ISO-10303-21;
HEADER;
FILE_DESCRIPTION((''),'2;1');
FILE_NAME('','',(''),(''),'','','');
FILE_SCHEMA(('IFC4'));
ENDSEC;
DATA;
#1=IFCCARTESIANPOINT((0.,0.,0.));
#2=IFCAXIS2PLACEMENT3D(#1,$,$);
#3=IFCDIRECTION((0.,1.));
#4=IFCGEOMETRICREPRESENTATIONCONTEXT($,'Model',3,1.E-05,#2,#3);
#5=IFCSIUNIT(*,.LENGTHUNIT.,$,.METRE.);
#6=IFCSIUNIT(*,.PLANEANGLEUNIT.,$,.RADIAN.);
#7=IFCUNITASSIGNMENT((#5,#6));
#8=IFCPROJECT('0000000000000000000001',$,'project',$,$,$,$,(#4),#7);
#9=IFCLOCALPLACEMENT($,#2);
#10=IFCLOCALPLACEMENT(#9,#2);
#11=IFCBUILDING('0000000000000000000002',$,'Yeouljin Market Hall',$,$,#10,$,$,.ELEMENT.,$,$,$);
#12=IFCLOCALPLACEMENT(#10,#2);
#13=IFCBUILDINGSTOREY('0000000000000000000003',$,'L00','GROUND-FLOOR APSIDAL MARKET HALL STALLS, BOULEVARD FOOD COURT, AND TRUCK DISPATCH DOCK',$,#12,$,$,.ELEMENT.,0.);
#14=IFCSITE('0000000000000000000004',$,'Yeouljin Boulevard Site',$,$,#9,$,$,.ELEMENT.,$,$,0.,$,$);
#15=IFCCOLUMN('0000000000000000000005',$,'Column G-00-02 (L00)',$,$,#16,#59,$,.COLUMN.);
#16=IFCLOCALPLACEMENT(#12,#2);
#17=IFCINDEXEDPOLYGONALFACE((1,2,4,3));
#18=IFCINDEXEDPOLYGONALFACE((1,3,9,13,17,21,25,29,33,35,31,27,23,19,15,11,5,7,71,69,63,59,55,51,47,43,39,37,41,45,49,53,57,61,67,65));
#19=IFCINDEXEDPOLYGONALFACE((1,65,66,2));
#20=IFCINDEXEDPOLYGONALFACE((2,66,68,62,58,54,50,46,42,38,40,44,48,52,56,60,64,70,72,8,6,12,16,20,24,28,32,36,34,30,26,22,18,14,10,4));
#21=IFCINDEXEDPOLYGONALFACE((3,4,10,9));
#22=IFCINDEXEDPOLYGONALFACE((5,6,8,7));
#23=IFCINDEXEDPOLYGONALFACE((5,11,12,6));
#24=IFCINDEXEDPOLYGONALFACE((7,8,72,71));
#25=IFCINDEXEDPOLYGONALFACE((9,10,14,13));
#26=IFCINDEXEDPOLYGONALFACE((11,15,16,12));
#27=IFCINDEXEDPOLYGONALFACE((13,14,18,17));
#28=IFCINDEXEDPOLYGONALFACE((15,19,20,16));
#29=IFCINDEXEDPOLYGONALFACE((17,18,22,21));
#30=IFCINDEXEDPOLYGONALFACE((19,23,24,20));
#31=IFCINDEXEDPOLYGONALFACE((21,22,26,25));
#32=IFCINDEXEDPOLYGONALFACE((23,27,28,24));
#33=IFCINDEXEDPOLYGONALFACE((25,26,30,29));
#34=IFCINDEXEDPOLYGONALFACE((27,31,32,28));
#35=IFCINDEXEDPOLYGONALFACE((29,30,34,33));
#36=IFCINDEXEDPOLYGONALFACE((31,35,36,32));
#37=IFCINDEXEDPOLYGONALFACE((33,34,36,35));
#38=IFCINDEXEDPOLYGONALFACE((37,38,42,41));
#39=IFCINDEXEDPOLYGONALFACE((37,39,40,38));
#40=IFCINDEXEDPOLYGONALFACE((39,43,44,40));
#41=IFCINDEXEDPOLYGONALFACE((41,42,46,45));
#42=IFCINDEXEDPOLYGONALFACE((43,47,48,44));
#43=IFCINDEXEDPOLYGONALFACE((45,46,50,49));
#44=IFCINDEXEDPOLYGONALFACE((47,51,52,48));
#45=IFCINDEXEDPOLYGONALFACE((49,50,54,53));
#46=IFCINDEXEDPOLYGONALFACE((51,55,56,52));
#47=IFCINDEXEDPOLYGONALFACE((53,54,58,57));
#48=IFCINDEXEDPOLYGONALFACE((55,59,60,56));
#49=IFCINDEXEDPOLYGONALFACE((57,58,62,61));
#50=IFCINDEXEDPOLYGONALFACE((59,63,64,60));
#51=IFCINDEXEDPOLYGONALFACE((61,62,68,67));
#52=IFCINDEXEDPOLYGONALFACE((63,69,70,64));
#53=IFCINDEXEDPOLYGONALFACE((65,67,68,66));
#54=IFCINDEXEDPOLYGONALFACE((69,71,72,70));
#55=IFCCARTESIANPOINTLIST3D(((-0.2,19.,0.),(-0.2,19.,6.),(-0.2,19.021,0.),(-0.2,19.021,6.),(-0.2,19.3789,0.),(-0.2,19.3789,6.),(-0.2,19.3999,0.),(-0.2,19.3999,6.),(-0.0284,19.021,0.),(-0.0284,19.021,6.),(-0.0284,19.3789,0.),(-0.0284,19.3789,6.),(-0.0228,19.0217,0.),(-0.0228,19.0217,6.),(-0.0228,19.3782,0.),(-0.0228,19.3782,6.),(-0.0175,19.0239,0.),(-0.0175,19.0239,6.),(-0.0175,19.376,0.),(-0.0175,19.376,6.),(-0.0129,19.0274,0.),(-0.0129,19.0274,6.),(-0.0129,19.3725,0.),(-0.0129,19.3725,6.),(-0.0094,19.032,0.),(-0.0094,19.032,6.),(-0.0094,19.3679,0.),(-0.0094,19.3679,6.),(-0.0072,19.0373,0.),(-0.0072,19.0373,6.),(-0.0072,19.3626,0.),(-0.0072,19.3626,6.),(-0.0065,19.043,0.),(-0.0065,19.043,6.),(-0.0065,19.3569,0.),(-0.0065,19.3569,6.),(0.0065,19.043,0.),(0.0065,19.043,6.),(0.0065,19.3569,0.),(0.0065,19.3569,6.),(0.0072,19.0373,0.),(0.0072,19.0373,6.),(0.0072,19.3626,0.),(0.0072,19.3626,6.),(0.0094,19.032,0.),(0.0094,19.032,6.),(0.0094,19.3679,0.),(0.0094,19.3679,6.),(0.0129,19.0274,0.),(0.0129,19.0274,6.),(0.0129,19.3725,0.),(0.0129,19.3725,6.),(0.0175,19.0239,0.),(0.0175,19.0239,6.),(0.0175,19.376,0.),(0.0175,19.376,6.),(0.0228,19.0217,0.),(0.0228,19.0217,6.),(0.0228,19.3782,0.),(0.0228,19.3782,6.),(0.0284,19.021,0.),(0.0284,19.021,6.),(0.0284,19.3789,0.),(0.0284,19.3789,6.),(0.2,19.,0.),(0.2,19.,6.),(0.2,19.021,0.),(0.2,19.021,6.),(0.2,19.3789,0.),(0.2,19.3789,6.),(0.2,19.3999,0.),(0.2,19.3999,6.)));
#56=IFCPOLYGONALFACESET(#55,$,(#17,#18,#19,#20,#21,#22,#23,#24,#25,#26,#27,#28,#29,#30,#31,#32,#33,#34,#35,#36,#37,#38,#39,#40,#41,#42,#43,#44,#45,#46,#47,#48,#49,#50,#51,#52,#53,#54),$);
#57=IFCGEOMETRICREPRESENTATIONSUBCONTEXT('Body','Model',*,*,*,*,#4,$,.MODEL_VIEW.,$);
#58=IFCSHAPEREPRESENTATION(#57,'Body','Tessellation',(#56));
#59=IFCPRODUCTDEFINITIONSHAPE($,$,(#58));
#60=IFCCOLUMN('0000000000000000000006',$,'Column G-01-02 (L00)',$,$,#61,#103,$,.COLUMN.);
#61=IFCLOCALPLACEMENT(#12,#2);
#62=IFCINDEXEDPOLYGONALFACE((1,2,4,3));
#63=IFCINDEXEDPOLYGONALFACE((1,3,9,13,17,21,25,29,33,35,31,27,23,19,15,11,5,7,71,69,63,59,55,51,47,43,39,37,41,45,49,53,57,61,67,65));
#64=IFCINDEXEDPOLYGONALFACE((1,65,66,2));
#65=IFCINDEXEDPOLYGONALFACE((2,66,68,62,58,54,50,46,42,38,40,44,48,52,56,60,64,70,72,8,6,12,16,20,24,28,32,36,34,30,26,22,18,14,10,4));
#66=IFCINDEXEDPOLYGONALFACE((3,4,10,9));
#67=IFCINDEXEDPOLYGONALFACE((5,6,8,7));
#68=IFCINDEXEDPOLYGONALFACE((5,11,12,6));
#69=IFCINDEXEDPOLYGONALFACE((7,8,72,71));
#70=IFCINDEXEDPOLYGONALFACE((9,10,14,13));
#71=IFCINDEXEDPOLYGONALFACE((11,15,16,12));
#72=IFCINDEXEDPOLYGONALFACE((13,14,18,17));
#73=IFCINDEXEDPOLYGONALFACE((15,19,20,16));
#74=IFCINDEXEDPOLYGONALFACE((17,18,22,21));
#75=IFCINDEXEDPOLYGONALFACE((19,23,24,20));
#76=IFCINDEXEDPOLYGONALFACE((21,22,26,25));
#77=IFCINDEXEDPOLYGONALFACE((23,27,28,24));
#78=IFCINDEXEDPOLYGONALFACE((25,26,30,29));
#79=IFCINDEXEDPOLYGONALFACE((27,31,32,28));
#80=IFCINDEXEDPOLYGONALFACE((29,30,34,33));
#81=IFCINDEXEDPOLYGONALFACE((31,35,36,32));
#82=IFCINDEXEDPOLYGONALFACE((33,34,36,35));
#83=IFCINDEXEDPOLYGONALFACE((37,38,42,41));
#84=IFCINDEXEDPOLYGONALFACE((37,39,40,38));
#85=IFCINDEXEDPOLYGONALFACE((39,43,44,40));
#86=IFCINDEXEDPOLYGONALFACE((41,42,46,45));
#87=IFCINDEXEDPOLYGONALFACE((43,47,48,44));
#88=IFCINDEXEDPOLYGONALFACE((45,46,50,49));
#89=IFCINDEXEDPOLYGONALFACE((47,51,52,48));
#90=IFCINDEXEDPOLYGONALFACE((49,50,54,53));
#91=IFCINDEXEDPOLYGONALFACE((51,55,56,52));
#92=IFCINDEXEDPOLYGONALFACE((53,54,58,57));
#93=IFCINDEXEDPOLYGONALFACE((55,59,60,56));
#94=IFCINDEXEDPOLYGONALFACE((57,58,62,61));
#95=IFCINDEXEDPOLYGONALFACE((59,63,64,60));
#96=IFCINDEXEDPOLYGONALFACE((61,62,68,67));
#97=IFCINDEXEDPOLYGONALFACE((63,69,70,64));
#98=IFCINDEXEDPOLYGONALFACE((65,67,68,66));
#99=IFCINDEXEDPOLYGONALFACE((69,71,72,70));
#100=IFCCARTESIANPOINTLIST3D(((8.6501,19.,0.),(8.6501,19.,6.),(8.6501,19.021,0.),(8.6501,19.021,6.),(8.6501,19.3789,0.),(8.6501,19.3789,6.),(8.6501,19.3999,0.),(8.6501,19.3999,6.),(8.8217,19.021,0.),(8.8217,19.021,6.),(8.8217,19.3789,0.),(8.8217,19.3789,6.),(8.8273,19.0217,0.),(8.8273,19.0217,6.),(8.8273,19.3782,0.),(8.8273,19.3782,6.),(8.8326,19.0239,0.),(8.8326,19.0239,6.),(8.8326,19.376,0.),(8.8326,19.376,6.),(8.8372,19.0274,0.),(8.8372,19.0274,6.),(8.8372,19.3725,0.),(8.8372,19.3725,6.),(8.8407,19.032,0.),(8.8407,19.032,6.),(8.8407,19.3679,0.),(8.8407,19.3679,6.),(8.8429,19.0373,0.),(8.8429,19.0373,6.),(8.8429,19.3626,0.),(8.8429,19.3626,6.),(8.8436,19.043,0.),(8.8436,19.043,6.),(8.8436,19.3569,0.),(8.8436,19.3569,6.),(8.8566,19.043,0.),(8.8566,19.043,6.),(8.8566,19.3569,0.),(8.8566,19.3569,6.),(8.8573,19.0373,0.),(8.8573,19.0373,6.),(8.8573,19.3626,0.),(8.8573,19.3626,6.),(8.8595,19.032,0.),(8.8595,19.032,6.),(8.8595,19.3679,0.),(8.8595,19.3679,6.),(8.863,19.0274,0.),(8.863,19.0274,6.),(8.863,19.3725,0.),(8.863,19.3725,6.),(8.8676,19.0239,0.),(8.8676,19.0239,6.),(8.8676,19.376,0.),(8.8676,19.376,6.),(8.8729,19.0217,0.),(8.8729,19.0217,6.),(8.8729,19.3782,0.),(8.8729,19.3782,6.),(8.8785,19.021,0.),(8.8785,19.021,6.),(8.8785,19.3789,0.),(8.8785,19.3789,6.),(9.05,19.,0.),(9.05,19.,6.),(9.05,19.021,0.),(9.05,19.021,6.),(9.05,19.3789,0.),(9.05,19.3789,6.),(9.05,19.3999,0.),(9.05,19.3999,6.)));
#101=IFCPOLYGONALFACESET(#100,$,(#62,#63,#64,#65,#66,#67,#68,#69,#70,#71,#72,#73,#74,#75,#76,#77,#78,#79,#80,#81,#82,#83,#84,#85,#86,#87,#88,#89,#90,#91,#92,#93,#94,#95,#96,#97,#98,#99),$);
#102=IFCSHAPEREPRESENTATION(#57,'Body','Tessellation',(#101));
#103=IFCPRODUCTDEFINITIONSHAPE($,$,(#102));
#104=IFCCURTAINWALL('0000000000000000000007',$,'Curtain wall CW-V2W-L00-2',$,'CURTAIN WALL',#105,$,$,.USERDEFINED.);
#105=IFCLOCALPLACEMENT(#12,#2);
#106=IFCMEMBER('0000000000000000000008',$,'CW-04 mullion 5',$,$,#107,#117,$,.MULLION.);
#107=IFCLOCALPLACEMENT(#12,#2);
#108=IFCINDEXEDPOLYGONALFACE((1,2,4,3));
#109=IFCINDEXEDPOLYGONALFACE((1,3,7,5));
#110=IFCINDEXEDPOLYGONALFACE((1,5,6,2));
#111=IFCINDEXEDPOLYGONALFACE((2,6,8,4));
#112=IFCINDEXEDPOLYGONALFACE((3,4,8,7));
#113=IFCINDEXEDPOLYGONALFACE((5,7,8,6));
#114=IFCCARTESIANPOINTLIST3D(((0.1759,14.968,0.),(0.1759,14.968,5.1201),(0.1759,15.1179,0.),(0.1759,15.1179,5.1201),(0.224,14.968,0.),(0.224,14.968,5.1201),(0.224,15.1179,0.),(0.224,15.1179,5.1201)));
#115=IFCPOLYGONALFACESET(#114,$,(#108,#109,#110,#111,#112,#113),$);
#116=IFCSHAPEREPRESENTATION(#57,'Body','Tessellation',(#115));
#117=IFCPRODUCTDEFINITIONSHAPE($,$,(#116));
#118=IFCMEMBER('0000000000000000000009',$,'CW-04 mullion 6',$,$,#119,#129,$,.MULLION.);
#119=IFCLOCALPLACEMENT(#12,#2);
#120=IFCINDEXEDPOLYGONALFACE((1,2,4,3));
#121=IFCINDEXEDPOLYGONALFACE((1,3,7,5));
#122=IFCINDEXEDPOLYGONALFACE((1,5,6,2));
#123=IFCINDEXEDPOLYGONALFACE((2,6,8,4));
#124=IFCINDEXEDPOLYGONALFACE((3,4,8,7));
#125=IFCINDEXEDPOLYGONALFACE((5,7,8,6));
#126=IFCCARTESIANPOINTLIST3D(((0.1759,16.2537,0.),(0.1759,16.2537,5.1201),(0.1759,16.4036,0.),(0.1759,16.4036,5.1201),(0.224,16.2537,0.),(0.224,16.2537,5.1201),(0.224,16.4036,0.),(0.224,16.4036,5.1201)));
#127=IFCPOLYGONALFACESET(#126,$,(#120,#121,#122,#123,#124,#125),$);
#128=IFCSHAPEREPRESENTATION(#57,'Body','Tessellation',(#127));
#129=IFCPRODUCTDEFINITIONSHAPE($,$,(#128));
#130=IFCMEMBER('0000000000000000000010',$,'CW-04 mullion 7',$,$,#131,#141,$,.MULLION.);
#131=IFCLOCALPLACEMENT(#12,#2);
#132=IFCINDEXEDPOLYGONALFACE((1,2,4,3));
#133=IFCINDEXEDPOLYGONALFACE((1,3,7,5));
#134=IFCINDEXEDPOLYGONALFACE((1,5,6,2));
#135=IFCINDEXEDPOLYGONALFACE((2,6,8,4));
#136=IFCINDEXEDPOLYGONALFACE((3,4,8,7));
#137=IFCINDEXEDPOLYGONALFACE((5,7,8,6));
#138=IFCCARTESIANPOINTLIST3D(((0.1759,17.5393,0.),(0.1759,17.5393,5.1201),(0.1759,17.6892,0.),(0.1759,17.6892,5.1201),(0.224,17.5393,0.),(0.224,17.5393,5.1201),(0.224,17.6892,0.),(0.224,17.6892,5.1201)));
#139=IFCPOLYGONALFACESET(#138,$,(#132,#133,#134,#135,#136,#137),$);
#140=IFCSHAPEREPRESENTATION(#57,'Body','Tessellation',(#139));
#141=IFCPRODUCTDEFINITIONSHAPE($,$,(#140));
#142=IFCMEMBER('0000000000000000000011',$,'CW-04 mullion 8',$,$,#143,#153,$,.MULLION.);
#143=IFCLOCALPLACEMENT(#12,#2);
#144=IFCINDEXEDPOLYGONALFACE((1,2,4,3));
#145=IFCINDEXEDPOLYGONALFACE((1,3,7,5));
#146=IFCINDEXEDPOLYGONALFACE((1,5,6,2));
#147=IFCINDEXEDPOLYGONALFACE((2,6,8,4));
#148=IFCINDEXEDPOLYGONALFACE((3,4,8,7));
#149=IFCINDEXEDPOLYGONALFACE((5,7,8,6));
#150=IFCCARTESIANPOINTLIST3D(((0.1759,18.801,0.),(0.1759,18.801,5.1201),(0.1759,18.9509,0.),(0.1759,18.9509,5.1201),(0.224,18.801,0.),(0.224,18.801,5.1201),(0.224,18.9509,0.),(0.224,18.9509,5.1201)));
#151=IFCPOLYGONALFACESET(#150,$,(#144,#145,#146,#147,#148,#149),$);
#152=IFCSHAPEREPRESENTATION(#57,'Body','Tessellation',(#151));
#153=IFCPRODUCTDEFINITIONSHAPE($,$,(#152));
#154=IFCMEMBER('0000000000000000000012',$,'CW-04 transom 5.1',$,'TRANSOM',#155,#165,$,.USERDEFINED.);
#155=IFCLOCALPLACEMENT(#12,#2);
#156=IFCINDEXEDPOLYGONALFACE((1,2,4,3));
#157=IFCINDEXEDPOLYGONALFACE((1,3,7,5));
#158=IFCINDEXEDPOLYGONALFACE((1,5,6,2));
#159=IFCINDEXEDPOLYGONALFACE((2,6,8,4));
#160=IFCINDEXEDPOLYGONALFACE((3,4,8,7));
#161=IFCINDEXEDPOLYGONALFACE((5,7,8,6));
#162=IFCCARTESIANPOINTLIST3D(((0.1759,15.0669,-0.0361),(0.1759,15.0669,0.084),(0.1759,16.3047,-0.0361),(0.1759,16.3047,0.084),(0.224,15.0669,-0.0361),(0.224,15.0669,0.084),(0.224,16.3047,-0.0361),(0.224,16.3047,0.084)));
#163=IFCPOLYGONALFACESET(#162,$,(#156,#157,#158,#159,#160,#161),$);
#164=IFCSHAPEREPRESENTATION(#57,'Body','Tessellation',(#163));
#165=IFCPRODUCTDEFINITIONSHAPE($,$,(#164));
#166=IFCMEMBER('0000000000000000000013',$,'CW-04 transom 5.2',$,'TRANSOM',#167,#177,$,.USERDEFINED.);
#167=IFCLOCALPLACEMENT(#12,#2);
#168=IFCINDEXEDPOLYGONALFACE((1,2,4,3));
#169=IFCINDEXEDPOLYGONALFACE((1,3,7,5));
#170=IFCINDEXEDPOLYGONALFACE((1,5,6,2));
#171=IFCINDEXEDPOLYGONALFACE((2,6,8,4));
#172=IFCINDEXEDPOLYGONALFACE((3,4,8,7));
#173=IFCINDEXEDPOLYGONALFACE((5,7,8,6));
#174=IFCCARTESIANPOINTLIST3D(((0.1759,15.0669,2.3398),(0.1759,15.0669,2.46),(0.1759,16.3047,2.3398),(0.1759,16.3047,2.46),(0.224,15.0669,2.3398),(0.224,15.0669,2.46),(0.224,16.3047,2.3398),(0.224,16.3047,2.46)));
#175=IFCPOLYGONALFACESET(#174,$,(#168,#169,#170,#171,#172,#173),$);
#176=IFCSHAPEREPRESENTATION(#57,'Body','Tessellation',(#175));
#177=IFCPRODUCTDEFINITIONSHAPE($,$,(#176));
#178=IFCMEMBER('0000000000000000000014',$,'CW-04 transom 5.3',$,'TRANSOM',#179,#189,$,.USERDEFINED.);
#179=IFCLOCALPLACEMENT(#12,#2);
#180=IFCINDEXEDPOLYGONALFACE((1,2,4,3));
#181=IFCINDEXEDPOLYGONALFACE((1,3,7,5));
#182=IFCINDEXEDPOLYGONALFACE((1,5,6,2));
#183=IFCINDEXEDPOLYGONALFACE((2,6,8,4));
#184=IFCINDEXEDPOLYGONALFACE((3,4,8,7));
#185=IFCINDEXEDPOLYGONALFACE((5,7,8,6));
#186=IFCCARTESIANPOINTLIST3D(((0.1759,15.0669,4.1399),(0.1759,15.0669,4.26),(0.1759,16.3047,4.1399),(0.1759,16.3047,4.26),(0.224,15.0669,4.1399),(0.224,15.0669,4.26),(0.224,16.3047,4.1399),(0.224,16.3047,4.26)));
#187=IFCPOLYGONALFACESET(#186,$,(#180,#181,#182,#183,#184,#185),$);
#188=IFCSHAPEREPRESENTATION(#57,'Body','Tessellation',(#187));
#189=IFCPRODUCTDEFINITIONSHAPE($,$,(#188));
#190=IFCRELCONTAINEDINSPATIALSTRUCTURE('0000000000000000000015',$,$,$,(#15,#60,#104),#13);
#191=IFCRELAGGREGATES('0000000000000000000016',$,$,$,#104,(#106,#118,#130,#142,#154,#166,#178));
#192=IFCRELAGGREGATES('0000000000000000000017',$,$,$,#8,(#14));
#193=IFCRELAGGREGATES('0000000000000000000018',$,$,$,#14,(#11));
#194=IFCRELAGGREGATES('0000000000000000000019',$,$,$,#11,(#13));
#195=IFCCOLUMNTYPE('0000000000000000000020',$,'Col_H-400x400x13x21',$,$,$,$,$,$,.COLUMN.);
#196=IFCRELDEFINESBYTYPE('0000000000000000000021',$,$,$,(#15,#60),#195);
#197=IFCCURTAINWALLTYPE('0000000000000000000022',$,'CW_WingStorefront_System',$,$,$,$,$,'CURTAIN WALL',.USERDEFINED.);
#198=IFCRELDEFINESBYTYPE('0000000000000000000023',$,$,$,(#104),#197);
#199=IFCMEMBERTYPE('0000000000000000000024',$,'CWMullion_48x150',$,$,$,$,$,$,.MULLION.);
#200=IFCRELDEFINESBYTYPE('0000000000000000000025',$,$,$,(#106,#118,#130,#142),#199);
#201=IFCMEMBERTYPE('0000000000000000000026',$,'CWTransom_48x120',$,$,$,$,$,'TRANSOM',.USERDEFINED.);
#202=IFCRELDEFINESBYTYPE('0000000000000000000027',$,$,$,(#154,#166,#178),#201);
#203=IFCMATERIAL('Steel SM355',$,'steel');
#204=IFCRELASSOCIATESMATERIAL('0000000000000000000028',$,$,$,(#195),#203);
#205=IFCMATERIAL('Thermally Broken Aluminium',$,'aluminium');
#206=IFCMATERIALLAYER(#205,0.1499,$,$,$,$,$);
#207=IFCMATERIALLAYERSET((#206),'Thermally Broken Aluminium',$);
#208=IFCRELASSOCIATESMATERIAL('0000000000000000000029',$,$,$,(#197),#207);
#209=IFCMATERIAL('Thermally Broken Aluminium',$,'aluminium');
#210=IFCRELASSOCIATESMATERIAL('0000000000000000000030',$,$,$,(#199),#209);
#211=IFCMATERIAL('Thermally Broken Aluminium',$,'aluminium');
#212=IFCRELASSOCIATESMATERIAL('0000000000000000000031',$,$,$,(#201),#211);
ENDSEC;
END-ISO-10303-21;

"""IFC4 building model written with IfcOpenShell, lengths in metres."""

from ifc_helpers import new_model, si_unit, direction, frame, origin, origin_2d, place, context, subcontext, project, spatial, rectangle, i_section, extrude, material, layer, layer_set, material_profile, profile_set, type_object, element, aggregate, save


model = new_model("IFC4")

# Units and contexts
model_context = context("Model", 3, precision=1e-05, world=origin(), true_north=direction((0.0, 1.0)))
body_context = subcontext(model_context, "Body", "Model", "MODEL_VIEW")
ifc_project = project(units=[si_unit("LENGTHUNIT", "METRE"), si_unit("PLANEANGLEUNIT", "RADIAN")], contexts=[model_context])

# Site, building, storey
site_placement = place(None, origin())
site = spatial("IfcSite", under=ifc_project, at=site_placement, Name="Yeouljin Boulevard Site", CompositionType="ELEMENT", RefElevation=0.0)
building_placement = place(site_placement, origin())
building = spatial("IfcBuilding", under=site, at=building_placement, Name="Yeouljin Market Hall", CompositionType="ELEMENT")
storey_placement = place(building_placement, origin())
storey = spatial("IfcBuildingStorey", under=building, at=storey_placement, Name="L00", Description="GROUND-FLOOR APSIDAL MARKET HALL STALLS, BOULEVARD FOOD COURT, AND TRUCK DISPATCH DOCK", CompositionType="ELEMENT", Elevation=0.0)

# Columns
ifc_material_1 = material(Name="Steel SM355", Category="steel")
ifc_material_profile_1 = material_profile(ifc_material_1, i_section(OverallWidth=0.3999, OverallDepth=0.3999, WebThickness=0.0129, FlangeThickness=0.021, FilletRadius=0.022, at=origin_2d()), Name="H-400x400x13x21")
ifc_profile_set_1 = profile_set([ifc_material_profile_1], Name="Steel SM355")
column_type = type_object("IfcColumnType", Name="Col_H-400x400x13x21", PredefinedType="COLUMN", material=ifc_profile_set_1)
for number, where, z_axis, x_axis, name in (
    (1, (0.0, 19.2, 0.0), (0.0, 0.0, 1.0), (1.0, 0.0, 0.0), "Column G-00-02 (L00)"),
    (2, (8.8501, 19.2, 0.0), (0.0, 0.0, 1.0), (1.0, 0.0, 0.0), "Column G-01-02 (L00)"),
):
    element("IfcColumn", number, at=place(storey_placement, frame(where, z_axis=z_axis, x_axis=x_axis)), inside=storey, type_object=column_type, Name=name, PredefinedType="COLUMN", context=body_context, shape_type="SweptSolid", body=[
        extrude(i_section(OverallWidth=0.3999, OverallDepth=0.3999, WebThickness=0.0129, FlangeThickness=0.021, FilletRadius=0.022, at=origin_2d()), origin(), (0.0, 0.0, 1.0), 6.0),
    ])

# Curtain wall, members
ifc_material_2 = material(Name="Thermally Broken Aluminium", Category="aluminium")
ifc_layer_1 = layer(ifc_material_2, 0.1499)
ifc_layer_set_1 = layer_set([ifc_layer_1], Name="Thermally Broken Aluminium")
curtain_wall_type = type_object("IfcCurtainWallType", Name="CW_WingStorefront_System", ElementType="CURTAIN WALL", PredefinedType="USERDEFINED", material=ifc_layer_set_1)
curtain_wall_placement = place(storey_placement, origin())
curtain_wall = element("IfcCurtainWall", 3, at=curtain_wall_placement, inside=storey, type_object=curtain_wall_type, Name="Curtain wall CW-V2W-L00-2", ObjectType="CURTAIN WALL", PredefinedType="USERDEFINED")
ifc_material_3 = material(Name="Thermally Broken Aluminium", Category="aluminium")
ifc_material_profile_2 = material_profile(ifc_material_3, rectangle(XDim=0.0481, YDim=0.1499, at=origin_2d()), Name="CW-MULL-48x150")
ifc_profile_set_2 = profile_set([ifc_material_profile_2], Name="Thermally Broken Aluminium")
member_type_1 = type_object("IfcMemberType", Name="CWMullion_48x150", PredefinedType="MULLION", material=ifc_profile_set_2)
member_1_placement = place(storey_placement, frame((0.2, 15.043, 0.0), z_axis=(0.0, 0.0, 1.0), x_axis=(-1.0, 0.0, 0.0)))
member_1 = element("IfcMember", 4, at=member_1_placement, type_object=member_type_1, Name="CW-04 mullion 5", PredefinedType="MULLION", context=body_context, shape_type="SweptSolid", body=[
    extrude(rectangle(XDim=0.0481, YDim=0.1499, at=origin_2d()), origin(), (0.0, 0.0, 1.0), 5.1201),
])
member_2_placement = place(storey_placement, frame((0.2, 16.3286, 0.0), z_axis=(0.0, 0.0, 1.0), x_axis=(-1.0, 0.0, 0.0)))
member_2 = element("IfcMember", 5, at=member_2_placement, type_object=member_type_1, Name="CW-04 mullion 6", PredefinedType="MULLION", context=body_context, shape_type="SweptSolid", body=[
    extrude(rectangle(XDim=0.0481, YDim=0.1499, at=origin_2d()), origin(), (0.0, 0.0, 1.0), 5.1201),
])
member_3_placement = place(storey_placement, frame((0.2, 17.6143, 0.0), z_axis=(0.0, 0.0, 1.0), x_axis=(-1.0, 0.0, 0.0)))
member_3 = element("IfcMember", 6, at=member_3_placement, type_object=member_type_1, Name="CW-04 mullion 7", PredefinedType="MULLION", context=body_context, shape_type="SweptSolid", body=[
    extrude(rectangle(XDim=0.0481, YDim=0.1499, at=origin_2d()), origin(), (0.0, 0.0, 1.0), 5.1201),
])
member_4_placement = place(storey_placement, frame((0.2, 18.876, 0.0), z_axis=(0.0, 0.0, 1.0), x_axis=(-1.0, 0.0, 0.0)))
member_4 = element("IfcMember", 7, at=member_4_placement, type_object=member_type_1, Name="CW-04 mullion 8", PredefinedType="MULLION", context=body_context, shape_type="SweptSolid", body=[
    extrude(rectangle(XDim=0.0481, YDim=0.1499, at=origin_2d()), origin(), (0.0, 0.0, 1.0), 5.1201),
])
ifc_material_4 = material(Name="Thermally Broken Aluminium", Category="aluminium")
ifc_material_profile_3 = material_profile(ifc_material_4, rectangle(XDim=0.0481, YDim=0.1201, at=origin_2d()), Name="CW-TRAN-48x120")
ifc_profile_set_3 = profile_set([ifc_material_profile_3], Name="Thermally Broken Aluminium")
member_type_2 = type_object("IfcMemberType", Name="CWTransom_48x120", ElementType="TRANSOM", PredefinedType="USERDEFINED", material=ifc_profile_set_3)
member_5_placement = place(storey_placement, frame((0.2, 15.0669, 0.0239), z_axis=(0.0, 1.0, 0.0), x_axis=(-1.0, 0.0, 0.0)))
member_5 = element("IfcMember", 8, at=member_5_placement, type_object=member_type_2, Name="CW-04 transom 5.1", ObjectType="TRANSOM", PredefinedType="USERDEFINED", context=body_context, shape_type="SweptSolid", body=[
    extrude(rectangle(XDim=0.0481, YDim=0.1201, at=origin_2d()), origin(), (0.0, 0.0, 1.0), 1.2378),
])
member_6_placement = place(storey_placement, frame((0.2, 15.0669, 2.3999), z_axis=(0.0, 1.0, 0.0), x_axis=(-1.0, 0.0, 0.0)))
member_6 = element("IfcMember", 9, at=member_6_placement, type_object=member_type_2, Name="CW-04 transom 5.2", ObjectType="TRANSOM", PredefinedType="USERDEFINED", context=body_context, shape_type="SweptSolid", body=[
    extrude(rectangle(XDim=0.0481, YDim=0.1201, at=origin_2d()), origin(), (0.0, 0.0, 1.0), 1.2378),
])
member_7_placement = place(storey_placement, frame((0.2, 15.0669, 4.2), z_axis=(0.0, 1.0, 0.0), x_axis=(-1.0, 0.0, 0.0)))
member_7 = element("IfcMember", 10, at=member_7_placement, type_object=member_type_2, Name="CW-04 transom 5.3", ObjectType="TRANSOM", PredefinedType="USERDEFINED", context=body_context, shape_type="SweptSolid", body=[
    extrude(rectangle(XDim=0.0481, YDim=0.1201, at=origin_2d()), origin(), (0.0, 0.0, 1.0), 1.2378),
])
aggregate(curtain_wall, [member_1, member_2, member_3, member_4, member_5, member_6, member_7])

save(model, "model.ifc")
